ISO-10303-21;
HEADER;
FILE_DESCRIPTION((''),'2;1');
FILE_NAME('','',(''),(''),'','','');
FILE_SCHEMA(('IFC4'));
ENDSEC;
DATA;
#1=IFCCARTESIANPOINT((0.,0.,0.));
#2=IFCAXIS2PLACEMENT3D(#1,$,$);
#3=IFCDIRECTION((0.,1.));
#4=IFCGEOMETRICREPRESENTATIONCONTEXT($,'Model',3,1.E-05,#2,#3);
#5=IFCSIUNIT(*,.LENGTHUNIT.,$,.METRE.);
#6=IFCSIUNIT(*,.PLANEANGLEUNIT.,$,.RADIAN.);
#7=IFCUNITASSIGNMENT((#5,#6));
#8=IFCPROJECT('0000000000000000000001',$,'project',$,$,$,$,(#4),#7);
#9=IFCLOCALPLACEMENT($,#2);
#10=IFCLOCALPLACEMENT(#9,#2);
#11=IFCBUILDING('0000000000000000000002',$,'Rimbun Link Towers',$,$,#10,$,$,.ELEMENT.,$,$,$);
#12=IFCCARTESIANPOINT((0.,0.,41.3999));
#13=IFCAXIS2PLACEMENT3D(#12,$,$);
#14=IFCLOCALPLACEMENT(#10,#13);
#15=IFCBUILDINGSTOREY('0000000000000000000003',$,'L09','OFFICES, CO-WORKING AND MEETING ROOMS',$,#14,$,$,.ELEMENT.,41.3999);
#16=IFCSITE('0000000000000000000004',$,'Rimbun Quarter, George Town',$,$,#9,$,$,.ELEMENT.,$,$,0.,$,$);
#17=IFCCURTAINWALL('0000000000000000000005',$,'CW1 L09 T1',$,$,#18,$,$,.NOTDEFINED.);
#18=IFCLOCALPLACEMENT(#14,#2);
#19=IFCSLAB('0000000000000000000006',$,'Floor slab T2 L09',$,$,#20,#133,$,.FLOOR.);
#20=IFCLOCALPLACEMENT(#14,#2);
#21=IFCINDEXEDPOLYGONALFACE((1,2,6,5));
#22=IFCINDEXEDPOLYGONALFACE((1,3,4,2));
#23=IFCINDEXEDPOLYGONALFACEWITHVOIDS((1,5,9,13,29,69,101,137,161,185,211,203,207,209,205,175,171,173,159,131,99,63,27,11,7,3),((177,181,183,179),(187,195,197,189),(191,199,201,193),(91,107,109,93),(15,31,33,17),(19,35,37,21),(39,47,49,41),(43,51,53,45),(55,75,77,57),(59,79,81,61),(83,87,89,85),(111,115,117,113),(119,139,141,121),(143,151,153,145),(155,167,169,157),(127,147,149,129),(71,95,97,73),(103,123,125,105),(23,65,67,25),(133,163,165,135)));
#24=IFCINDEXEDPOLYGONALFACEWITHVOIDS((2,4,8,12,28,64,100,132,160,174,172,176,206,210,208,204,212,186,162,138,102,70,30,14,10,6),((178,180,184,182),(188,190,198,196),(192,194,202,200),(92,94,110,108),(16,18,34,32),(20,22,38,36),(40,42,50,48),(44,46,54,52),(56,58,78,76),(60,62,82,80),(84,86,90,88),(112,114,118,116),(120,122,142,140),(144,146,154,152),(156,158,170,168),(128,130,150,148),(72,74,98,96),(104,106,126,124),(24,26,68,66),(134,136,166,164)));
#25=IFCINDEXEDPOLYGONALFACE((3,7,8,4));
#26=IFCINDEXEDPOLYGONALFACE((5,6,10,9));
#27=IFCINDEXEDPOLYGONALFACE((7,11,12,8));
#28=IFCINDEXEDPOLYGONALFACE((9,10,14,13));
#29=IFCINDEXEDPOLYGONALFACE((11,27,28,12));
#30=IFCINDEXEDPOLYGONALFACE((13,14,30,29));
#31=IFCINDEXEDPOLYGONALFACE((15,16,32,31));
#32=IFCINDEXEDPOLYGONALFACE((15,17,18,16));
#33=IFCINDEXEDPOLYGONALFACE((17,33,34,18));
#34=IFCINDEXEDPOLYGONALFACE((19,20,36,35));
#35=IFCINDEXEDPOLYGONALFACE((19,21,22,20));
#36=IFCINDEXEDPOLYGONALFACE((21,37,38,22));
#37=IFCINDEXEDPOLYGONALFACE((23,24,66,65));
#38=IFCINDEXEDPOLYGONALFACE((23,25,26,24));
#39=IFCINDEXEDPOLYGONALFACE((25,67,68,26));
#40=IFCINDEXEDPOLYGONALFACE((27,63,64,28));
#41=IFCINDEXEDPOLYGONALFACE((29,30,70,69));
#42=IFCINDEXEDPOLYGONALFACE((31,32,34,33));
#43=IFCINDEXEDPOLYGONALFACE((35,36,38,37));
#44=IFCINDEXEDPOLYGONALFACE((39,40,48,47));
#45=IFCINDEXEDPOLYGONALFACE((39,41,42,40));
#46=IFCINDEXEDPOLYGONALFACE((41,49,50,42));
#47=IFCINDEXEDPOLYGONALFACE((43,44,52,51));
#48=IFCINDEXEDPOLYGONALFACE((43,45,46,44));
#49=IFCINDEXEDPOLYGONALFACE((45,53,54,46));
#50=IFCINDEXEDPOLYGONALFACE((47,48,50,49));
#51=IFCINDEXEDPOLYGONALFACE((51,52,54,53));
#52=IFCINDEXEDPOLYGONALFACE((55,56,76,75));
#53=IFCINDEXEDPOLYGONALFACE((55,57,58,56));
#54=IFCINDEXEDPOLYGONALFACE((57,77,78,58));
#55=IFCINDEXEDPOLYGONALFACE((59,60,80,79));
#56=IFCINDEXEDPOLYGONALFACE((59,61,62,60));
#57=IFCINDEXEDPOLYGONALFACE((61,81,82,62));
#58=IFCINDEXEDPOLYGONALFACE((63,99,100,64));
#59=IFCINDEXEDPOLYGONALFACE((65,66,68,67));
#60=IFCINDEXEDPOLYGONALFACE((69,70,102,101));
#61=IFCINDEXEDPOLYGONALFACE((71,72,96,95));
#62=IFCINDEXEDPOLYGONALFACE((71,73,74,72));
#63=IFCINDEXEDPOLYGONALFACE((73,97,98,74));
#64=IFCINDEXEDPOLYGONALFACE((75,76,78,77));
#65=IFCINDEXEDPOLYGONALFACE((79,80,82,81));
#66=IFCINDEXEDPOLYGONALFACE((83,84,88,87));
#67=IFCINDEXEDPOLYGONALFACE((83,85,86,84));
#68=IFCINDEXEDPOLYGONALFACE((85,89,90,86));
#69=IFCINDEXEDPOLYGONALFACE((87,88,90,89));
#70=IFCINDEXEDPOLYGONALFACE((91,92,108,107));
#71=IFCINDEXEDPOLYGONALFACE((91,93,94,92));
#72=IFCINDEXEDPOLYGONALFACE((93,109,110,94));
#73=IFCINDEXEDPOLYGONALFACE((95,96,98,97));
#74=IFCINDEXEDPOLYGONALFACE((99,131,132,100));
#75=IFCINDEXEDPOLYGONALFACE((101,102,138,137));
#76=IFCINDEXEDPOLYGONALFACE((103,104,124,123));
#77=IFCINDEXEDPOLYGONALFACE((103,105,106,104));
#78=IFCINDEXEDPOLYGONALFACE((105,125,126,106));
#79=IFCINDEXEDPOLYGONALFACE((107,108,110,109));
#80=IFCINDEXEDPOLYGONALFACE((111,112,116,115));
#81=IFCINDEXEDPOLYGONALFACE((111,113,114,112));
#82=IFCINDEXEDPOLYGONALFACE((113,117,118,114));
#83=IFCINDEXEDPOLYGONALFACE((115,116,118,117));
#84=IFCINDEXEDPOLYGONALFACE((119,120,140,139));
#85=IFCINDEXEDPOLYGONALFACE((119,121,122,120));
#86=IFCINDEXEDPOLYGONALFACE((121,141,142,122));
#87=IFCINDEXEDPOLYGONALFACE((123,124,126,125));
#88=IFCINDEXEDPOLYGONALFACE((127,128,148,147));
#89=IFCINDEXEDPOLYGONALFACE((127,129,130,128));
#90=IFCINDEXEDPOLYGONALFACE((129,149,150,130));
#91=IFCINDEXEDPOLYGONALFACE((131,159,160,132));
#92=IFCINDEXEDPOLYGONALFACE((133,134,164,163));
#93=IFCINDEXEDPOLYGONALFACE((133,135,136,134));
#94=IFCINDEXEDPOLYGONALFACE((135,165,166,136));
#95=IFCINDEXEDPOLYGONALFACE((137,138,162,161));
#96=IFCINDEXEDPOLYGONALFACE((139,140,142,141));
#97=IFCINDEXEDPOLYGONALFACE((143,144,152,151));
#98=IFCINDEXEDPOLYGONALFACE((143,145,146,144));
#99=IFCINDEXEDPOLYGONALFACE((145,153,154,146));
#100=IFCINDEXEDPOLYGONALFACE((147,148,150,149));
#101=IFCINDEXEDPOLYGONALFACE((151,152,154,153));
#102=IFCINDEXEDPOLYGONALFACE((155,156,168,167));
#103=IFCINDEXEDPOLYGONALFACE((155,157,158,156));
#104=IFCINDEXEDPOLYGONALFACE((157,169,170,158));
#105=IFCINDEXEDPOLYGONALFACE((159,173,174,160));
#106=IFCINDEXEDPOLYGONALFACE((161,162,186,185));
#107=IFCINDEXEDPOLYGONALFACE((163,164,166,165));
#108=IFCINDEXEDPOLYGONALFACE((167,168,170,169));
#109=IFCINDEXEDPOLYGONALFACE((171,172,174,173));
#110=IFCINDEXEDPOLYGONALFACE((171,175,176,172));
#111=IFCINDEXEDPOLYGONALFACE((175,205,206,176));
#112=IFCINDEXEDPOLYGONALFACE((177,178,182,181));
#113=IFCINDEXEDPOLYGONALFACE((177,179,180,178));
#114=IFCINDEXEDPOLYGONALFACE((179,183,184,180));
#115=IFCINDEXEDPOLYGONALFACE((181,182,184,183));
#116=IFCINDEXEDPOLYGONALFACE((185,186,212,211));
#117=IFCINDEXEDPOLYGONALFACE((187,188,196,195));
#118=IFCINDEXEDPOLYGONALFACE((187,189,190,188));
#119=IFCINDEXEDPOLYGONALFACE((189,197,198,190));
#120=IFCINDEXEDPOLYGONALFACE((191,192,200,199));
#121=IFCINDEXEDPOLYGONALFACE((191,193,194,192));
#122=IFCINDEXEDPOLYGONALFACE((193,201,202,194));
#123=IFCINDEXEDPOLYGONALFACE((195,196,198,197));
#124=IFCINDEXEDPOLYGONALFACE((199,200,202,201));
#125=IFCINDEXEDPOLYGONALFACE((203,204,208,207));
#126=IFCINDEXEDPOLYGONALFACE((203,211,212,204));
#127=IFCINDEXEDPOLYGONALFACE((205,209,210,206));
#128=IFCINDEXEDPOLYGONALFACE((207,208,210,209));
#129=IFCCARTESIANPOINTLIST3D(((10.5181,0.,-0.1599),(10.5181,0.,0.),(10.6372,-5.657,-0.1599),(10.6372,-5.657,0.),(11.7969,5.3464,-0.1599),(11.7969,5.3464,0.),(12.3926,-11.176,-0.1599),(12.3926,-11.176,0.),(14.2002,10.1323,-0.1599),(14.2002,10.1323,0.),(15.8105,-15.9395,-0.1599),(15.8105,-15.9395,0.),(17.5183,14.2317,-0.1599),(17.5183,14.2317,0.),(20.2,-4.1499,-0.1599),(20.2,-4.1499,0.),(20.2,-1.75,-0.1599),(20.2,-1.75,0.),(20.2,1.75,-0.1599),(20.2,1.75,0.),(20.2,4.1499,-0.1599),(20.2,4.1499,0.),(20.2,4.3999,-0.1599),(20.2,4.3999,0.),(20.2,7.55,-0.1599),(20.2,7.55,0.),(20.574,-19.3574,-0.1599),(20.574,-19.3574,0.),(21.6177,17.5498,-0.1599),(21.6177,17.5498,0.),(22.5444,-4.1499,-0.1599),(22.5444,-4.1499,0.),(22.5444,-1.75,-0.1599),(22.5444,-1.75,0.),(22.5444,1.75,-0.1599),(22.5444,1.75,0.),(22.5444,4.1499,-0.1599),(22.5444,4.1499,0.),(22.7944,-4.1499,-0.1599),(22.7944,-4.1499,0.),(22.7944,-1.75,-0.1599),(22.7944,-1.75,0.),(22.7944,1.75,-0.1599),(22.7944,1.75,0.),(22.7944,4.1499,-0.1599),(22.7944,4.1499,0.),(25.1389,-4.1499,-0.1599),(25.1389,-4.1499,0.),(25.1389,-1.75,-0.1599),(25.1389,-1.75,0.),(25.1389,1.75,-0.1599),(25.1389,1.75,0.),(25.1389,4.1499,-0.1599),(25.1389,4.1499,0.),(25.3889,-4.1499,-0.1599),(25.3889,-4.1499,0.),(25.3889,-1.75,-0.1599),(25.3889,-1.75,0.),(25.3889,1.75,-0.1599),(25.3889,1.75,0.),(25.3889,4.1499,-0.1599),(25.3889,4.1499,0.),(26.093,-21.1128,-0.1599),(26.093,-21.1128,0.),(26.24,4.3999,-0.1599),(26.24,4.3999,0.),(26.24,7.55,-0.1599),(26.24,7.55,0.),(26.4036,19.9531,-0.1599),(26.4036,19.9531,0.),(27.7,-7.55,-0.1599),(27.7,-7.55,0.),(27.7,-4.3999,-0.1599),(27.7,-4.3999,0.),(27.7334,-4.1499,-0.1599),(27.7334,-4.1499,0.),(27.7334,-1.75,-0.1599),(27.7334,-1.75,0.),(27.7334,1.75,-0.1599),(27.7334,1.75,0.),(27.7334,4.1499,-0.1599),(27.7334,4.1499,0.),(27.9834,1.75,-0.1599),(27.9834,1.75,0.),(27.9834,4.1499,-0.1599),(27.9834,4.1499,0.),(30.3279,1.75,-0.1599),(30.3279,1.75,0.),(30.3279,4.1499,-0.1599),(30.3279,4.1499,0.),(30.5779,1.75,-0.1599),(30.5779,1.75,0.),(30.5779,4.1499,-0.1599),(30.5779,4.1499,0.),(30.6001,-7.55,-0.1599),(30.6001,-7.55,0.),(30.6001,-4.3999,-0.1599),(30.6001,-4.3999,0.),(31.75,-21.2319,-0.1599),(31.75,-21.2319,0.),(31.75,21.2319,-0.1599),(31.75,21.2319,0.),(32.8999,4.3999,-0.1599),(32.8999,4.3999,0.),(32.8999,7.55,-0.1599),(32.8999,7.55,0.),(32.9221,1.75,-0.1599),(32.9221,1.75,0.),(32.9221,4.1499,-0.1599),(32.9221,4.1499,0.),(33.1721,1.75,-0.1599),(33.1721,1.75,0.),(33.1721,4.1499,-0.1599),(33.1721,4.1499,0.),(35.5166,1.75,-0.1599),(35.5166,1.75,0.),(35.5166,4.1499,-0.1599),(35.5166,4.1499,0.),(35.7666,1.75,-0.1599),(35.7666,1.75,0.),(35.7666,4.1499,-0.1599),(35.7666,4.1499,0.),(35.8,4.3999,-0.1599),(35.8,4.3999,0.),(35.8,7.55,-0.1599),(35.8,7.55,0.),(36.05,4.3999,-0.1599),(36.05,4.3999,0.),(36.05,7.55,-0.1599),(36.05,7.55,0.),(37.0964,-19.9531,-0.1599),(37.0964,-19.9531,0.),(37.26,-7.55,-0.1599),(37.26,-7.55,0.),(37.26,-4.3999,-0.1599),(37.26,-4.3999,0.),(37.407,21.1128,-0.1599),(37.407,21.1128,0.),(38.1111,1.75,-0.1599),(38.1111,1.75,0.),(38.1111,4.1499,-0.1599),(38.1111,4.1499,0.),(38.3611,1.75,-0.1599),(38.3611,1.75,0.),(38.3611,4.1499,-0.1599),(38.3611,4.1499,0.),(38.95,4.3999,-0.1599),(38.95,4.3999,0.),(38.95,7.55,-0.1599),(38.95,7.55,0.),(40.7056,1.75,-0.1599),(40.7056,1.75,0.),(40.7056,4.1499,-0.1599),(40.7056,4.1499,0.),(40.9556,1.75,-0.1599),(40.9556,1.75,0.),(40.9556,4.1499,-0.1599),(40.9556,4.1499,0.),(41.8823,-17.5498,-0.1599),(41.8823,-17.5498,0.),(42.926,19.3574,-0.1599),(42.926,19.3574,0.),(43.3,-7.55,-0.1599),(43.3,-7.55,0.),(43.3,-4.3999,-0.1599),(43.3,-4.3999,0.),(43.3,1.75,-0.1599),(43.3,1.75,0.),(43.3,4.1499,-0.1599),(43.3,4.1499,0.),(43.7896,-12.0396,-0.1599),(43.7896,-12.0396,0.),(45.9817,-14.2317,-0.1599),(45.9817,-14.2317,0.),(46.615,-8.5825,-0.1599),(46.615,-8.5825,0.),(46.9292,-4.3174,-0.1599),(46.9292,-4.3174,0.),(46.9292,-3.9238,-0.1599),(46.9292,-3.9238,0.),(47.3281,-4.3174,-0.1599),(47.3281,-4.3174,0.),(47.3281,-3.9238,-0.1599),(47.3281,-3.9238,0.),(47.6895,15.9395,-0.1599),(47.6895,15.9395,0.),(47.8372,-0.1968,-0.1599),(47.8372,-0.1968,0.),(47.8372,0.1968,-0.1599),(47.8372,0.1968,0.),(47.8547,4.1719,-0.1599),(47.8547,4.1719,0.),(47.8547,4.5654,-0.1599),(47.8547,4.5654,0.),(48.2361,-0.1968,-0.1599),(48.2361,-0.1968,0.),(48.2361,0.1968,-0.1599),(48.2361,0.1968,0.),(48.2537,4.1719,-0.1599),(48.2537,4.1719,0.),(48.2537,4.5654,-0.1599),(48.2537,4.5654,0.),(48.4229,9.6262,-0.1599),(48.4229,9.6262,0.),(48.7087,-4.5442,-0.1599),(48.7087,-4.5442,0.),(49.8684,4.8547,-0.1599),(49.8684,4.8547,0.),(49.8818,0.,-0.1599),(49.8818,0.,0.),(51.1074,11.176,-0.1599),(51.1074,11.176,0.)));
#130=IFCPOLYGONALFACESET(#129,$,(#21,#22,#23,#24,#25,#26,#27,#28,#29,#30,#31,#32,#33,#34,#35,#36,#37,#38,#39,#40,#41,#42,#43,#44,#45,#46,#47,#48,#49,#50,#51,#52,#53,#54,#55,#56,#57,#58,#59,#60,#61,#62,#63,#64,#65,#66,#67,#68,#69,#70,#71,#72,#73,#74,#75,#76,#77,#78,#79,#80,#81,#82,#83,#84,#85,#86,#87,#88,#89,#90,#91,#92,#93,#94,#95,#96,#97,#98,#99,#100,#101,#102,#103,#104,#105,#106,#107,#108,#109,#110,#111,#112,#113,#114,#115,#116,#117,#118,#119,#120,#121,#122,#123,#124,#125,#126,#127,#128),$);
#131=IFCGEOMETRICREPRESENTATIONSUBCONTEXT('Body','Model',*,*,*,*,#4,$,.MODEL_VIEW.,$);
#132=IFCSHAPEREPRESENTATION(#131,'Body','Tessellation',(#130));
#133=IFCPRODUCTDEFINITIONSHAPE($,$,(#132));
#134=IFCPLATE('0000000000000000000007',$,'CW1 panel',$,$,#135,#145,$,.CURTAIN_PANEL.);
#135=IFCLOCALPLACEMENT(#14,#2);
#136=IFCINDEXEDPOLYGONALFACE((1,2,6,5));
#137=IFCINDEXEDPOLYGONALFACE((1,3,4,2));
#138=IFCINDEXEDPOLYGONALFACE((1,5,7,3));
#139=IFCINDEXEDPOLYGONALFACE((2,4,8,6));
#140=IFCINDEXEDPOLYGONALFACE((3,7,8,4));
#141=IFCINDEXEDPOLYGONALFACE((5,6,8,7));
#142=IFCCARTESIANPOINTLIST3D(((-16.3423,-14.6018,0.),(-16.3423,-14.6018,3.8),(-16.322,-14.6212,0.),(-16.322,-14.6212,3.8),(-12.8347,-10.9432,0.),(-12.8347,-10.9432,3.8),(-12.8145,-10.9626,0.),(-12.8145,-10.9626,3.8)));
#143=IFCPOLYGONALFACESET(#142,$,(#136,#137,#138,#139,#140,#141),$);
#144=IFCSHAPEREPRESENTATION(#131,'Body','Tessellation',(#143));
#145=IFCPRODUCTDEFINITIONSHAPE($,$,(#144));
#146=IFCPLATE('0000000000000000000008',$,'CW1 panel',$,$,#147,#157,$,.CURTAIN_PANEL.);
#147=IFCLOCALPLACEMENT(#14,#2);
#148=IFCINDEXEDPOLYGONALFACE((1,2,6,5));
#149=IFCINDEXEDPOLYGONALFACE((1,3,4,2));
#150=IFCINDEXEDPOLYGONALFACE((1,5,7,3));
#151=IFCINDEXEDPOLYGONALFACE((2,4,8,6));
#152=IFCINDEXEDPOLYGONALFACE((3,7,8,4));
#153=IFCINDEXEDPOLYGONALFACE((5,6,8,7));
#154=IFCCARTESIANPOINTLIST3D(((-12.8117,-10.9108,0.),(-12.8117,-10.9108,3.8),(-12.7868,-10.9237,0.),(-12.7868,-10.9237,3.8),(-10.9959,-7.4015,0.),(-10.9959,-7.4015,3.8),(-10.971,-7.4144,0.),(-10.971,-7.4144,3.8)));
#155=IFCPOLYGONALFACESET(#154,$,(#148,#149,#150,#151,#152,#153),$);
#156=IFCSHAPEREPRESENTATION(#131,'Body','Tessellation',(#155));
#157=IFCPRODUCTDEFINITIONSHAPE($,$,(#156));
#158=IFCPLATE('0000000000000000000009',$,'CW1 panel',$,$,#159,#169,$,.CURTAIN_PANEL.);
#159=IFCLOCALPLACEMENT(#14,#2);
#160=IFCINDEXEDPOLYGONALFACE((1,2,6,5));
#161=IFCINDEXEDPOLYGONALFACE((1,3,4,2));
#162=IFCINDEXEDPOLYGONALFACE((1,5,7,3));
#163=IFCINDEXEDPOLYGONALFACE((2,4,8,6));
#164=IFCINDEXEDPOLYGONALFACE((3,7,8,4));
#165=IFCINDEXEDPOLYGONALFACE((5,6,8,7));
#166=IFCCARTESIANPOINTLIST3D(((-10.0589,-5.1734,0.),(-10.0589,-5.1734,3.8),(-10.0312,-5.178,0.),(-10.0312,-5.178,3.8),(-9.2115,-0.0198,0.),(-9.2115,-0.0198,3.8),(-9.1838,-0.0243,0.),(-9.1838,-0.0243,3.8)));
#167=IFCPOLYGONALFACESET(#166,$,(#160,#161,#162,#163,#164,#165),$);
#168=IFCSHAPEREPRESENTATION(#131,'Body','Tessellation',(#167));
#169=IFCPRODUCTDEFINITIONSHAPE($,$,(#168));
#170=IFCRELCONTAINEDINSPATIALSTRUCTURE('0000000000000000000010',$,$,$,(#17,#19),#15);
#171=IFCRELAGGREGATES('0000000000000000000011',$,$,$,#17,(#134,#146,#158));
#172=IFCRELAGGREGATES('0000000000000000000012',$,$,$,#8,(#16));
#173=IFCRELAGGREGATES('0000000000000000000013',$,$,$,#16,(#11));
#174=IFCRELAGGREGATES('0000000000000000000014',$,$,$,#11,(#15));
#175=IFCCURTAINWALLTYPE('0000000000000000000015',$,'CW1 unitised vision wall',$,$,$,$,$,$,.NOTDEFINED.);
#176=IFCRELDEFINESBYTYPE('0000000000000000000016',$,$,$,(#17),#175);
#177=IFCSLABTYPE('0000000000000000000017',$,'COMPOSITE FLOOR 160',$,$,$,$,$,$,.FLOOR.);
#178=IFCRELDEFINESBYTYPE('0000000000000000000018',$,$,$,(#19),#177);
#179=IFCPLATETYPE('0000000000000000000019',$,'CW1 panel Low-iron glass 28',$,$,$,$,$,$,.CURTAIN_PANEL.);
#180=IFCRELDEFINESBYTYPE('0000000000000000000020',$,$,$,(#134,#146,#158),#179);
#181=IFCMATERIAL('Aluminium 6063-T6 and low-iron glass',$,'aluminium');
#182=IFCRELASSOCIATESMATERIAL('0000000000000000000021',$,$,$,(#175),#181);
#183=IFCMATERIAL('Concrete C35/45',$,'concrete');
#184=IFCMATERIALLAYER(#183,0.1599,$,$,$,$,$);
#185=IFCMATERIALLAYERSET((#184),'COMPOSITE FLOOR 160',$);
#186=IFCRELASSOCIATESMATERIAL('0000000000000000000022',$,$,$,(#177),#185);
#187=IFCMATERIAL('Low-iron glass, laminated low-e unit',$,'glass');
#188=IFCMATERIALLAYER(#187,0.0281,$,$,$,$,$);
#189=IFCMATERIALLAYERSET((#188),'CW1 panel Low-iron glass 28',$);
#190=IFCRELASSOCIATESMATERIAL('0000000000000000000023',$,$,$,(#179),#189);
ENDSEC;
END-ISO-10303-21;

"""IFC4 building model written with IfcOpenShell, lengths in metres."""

from ifc_helpers import new_model, si_unit, direction, frame, origin, origin_2d, place, context, subcontext, project, spatial, polyline, rectangle, outline, extrude, material, layer, layer_set, type_object, element, aggregate, save


model = new_model("IFC4")

# Units and contexts
model_context = context("Model", 3, precision=1e-05, world=origin(), true_north=direction((0.0, 1.0)))
body_context = subcontext(model_context, "Body", "Model", "MODEL_VIEW")
ifc_project = project(units=[si_unit("LENGTHUNIT", "METRE"), si_unit("PLANEANGLEUNIT", "RADIAN")], contexts=[model_context])

# Site, building, storey
site_placement = place(None, origin())
site = spatial("IfcSite", under=ifc_project, at=site_placement, Name="Rimbun Quarter, George Town", CompositionType="ELEMENT", RefElevation=0.0)
building_placement = place(site_placement, origin())
building = spatial("IfcBuilding", under=site, at=building_placement, Name="Rimbun Link Towers", CompositionType="ELEMENT")
storey_placement = place(building_placement, frame((0.0, 0.0, 41.3999)))
storey = spatial("IfcBuildingStorey", under=building, at=storey_placement, Name="L09", Description="OFFICES, CO-WORKING AND MEETING ROOMS", CompositionType="ELEMENT", Elevation=41.3999)

# Curtain wall
ifc_material_1 = material(Name="Aluminium 6063-T6 and low-iron glass", Category="aluminium")
curtain_wall_type = type_object("IfcCurtainWallType", Name="CW1 unitised vision wall", PredefinedType="NOTDEFINED", material=ifc_material_1)
curtain_wall_placement = place(storey_placement, origin())
curtain_wall = element("IfcCurtainWall", 1, at=curtain_wall_placement, inside=storey, type_object=curtain_wall_type, Name="CW1 L09 T1", PredefinedType="NOTDEFINED")

# Slab
ifc_material_2 = material(Name="Concrete C35/45", Category="concrete")
ifc_layer_1 = layer(ifc_material_2, 0.1599)
ifc_layer_set_1 = layer_set([ifc_layer_1], Name="COMPOSITE FLOOR 160")
slab_type_1 = type_object("IfcSlabType", Name="COMPOSITE FLOOR 160", PredefinedType="FLOOR", material=ifc_layer_set_1)
slab_1_placement = place(storey_placement, frame((0.0, 0.0, -0.1599)))
element("IfcSlab", 2, at=slab_1_placement, inside=storey, type_object=slab_type_1, Name="Floor slab T2 L09", PredefinedType="FLOOR", context=body_context, shape_type="SweptSolid", body=[
    extrude(outline(polyline([(41.8823, -17.5498), (37.0964, -19.9531), (31.75, -21.2319), (26.093, -21.1128), (20.574, -19.3574), (15.8105, -15.9395), (12.3926, -11.176), (10.6372, -5.657), (10.5181, 0.0), (11.7969, 5.3464), (14.2002, 10.1323), (17.5183, 14.2317), (21.6177, 17.5498), (26.4036, 19.9531), (31.75, 21.2319), (37.407, 21.1128), (42.926, 19.3574), (47.6895, 15.9395), (51.1074, 11.176), (48.4229, 9.6262), (49.8684, 4.8547), (49.8818, 0.0), (48.7087, -4.5442), (46.615, -8.5825), (43.7896, -12.0396), (45.9817, -14.2317), (41.8823, -17.5498)]), holes=[polyline([(30.6001, -7.55), (30.6001, -4.3999), (27.7, -4.3999), (27.7, -7.55), (30.6001, -7.55)]), polyline([(22.5444, -4.1499), (22.5444, -1.75), (20.2, -1.75), (20.2, -4.1499), (22.5444, -4.1499)]), polyline([(25.1389, -4.1499), (25.1389, -1.75), (22.7944, -1.75), (22.7944, -4.1499), (25.1389, -4.1499)]), polyline([(25.3889, -4.1499), (27.7334, -4.1499), (27.7334, -1.75), (25.3889, -1.75), (25.3889, -4.1499)]), polyline([(20.2, 1.75), (22.5444, 1.75), (22.5444, 4.1499), (20.2, 4.1499), (20.2, 1.75)]), polyline([(25.1389, 1.75), (25.1389, 4.1499), (22.7944, 4.1499), (22.7944, 1.75), (25.1389, 1.75)]), polyline([(27.7334, 1.75), (27.7334, 4.1499), (25.3889, 4.1499), (25.3889, 1.75), (27.7334, 1.75)]), polyline([(30.3279, 1.75), (30.3279, 4.1499), (27.9834, 4.1499), (27.9834, 1.75), (30.3279, 1.75)]), polyline([(30.5779, 1.75), (32.9221, 1.75), (32.9221, 4.1499), (30.5779, 4.1499), (30.5779, 1.75)]), polyline([(20.2, 4.3999), (26.24, 4.3999), (26.24, 7.55), (20.2, 7.55), (20.2, 4.3999)]), polyline([(43.3, -7.55), (43.3, -4.3999), (37.26, -4.3999), (37.26, -7.55), (43.3, -7.55)]), polyline([(47.3281, -4.3174), (47.3281, -3.9238), (46.9292, -3.9238), (46.9292, -4.3174), (47.3281, -4.3174)]), polyline([(48.2361, -0.1968), (48.2361, 0.1968), (47.8372, 0.1968), (47.8372, -0.1968), (48.2361, -0.1968)]), polyline([(33.1721, 1.75), (35.5166, 1.75), (35.5166, 4.1499), (33.1721, 4.1499), (33.1721, 1.75)]), polyline([(35.7666, 1.75), (38.1111, 1.75), (38.1111, 4.1499), (35.7666, 4.1499), (35.7666, 1.75)]), polyline([(40.7056, 1.75), (40.7056, 4.1499), (38.3611, 4.1499), (38.3611, 1.75), (40.7056, 1.75)]), polyline([(43.3, 1.75), (43.3, 4.1499), (40.9556, 4.1499), (40.9556, 1.75), (43.3, 1.75)]), polyline([(48.2537, 4.1719), (48.2537, 4.5654), (47.8547, 4.5654), (47.8547, 4.1719), (48.2537, 4.1719)]), polyline([(32.8999, 4.3999), (35.8, 4.3999), (35.8, 7.55), (32.8999, 7.55), (32.8999, 4.3999)]), polyline([(36.05, 4.3999), (38.95, 4.3999), (38.95, 7.55), (36.05, 7.55), (36.05, 4.3999)])]), origin(), (0.0, 0.0, 1.0), 0.1599),
])

# Plates
ifc_material_3 = material(Name="Low-iron glass, laminated low-e unit", Category="glass")
ifc_layer_2 = layer(ifc_material_3, 0.0281)
ifc_layer_set_2 = layer_set([ifc_layer_2], Name="CW1 panel Low-iron glass 28")
plate_type = type_object("IfcPlateType", Name="CW1 panel Low-iron glass 28", PredefinedType="CURTAIN_PANEL", material=ifc_layer_set_2)
plate_1_placement = place(storey_placement, frame((-14.5784, -12.7822, 0.0), z_axis=(0.0, 0.0, 1.0), x_axis=(-0.692052, -0.721848, 0.0)))
plate_1 = element("IfcPlate", 3, at=plate_1_placement, type_object=plate_type, Name="CW1 panel", PredefinedType="CURTAIN_PANEL", context=body_context, shape_type="SweptSolid", body=[
    extrude(rectangle(XDim=5.0684, YDim=0.0281, at=origin_2d()), origin(), (0.0, 0.0, 1.0), 3.8),
])
plate_2_placement = place(storey_placement, frame((-11.8914, -9.1626, 0.0), z_axis=(0.0, 0.0, 1.0), x_axis=(-0.459555, -0.888149, 0.0)))
plate_2 = element("IfcPlate", 4, at=plate_2_placement, type_object=plate_type, Name="CW1 panel", PredefinedType="CURTAIN_PANEL", context=body_context, shape_type="SweptSolid", body=[
    extrude(rectangle(XDim=3.9512, YDim=0.0281, at=origin_2d()), origin(), (0.0, 0.0, 1.0), 3.8),
])
plate_3_placement = place(storey_placement, frame((-9.6213, -2.5989, 0.0), z_axis=(0.0, 0.0, 1.0), x_axis=(-0.162258, -0.986748, 0.0)))
plate_3 = element("IfcPlate", 5, at=plate_3_placement, type_object=plate_type, Name="CW1 panel", PredefinedType="CURTAIN_PANEL", context=body_context, shape_type="SweptSolid", body=[
    extrude(rectangle(XDim=5.2229, YDim=0.0281, at=origin_2d()), origin(), (0.0, 0.0, 1.0), 3.8),
])
aggregate(curtain_wall, [plate_1, plate_2, plate_3])

save(model, "model.ifc")
